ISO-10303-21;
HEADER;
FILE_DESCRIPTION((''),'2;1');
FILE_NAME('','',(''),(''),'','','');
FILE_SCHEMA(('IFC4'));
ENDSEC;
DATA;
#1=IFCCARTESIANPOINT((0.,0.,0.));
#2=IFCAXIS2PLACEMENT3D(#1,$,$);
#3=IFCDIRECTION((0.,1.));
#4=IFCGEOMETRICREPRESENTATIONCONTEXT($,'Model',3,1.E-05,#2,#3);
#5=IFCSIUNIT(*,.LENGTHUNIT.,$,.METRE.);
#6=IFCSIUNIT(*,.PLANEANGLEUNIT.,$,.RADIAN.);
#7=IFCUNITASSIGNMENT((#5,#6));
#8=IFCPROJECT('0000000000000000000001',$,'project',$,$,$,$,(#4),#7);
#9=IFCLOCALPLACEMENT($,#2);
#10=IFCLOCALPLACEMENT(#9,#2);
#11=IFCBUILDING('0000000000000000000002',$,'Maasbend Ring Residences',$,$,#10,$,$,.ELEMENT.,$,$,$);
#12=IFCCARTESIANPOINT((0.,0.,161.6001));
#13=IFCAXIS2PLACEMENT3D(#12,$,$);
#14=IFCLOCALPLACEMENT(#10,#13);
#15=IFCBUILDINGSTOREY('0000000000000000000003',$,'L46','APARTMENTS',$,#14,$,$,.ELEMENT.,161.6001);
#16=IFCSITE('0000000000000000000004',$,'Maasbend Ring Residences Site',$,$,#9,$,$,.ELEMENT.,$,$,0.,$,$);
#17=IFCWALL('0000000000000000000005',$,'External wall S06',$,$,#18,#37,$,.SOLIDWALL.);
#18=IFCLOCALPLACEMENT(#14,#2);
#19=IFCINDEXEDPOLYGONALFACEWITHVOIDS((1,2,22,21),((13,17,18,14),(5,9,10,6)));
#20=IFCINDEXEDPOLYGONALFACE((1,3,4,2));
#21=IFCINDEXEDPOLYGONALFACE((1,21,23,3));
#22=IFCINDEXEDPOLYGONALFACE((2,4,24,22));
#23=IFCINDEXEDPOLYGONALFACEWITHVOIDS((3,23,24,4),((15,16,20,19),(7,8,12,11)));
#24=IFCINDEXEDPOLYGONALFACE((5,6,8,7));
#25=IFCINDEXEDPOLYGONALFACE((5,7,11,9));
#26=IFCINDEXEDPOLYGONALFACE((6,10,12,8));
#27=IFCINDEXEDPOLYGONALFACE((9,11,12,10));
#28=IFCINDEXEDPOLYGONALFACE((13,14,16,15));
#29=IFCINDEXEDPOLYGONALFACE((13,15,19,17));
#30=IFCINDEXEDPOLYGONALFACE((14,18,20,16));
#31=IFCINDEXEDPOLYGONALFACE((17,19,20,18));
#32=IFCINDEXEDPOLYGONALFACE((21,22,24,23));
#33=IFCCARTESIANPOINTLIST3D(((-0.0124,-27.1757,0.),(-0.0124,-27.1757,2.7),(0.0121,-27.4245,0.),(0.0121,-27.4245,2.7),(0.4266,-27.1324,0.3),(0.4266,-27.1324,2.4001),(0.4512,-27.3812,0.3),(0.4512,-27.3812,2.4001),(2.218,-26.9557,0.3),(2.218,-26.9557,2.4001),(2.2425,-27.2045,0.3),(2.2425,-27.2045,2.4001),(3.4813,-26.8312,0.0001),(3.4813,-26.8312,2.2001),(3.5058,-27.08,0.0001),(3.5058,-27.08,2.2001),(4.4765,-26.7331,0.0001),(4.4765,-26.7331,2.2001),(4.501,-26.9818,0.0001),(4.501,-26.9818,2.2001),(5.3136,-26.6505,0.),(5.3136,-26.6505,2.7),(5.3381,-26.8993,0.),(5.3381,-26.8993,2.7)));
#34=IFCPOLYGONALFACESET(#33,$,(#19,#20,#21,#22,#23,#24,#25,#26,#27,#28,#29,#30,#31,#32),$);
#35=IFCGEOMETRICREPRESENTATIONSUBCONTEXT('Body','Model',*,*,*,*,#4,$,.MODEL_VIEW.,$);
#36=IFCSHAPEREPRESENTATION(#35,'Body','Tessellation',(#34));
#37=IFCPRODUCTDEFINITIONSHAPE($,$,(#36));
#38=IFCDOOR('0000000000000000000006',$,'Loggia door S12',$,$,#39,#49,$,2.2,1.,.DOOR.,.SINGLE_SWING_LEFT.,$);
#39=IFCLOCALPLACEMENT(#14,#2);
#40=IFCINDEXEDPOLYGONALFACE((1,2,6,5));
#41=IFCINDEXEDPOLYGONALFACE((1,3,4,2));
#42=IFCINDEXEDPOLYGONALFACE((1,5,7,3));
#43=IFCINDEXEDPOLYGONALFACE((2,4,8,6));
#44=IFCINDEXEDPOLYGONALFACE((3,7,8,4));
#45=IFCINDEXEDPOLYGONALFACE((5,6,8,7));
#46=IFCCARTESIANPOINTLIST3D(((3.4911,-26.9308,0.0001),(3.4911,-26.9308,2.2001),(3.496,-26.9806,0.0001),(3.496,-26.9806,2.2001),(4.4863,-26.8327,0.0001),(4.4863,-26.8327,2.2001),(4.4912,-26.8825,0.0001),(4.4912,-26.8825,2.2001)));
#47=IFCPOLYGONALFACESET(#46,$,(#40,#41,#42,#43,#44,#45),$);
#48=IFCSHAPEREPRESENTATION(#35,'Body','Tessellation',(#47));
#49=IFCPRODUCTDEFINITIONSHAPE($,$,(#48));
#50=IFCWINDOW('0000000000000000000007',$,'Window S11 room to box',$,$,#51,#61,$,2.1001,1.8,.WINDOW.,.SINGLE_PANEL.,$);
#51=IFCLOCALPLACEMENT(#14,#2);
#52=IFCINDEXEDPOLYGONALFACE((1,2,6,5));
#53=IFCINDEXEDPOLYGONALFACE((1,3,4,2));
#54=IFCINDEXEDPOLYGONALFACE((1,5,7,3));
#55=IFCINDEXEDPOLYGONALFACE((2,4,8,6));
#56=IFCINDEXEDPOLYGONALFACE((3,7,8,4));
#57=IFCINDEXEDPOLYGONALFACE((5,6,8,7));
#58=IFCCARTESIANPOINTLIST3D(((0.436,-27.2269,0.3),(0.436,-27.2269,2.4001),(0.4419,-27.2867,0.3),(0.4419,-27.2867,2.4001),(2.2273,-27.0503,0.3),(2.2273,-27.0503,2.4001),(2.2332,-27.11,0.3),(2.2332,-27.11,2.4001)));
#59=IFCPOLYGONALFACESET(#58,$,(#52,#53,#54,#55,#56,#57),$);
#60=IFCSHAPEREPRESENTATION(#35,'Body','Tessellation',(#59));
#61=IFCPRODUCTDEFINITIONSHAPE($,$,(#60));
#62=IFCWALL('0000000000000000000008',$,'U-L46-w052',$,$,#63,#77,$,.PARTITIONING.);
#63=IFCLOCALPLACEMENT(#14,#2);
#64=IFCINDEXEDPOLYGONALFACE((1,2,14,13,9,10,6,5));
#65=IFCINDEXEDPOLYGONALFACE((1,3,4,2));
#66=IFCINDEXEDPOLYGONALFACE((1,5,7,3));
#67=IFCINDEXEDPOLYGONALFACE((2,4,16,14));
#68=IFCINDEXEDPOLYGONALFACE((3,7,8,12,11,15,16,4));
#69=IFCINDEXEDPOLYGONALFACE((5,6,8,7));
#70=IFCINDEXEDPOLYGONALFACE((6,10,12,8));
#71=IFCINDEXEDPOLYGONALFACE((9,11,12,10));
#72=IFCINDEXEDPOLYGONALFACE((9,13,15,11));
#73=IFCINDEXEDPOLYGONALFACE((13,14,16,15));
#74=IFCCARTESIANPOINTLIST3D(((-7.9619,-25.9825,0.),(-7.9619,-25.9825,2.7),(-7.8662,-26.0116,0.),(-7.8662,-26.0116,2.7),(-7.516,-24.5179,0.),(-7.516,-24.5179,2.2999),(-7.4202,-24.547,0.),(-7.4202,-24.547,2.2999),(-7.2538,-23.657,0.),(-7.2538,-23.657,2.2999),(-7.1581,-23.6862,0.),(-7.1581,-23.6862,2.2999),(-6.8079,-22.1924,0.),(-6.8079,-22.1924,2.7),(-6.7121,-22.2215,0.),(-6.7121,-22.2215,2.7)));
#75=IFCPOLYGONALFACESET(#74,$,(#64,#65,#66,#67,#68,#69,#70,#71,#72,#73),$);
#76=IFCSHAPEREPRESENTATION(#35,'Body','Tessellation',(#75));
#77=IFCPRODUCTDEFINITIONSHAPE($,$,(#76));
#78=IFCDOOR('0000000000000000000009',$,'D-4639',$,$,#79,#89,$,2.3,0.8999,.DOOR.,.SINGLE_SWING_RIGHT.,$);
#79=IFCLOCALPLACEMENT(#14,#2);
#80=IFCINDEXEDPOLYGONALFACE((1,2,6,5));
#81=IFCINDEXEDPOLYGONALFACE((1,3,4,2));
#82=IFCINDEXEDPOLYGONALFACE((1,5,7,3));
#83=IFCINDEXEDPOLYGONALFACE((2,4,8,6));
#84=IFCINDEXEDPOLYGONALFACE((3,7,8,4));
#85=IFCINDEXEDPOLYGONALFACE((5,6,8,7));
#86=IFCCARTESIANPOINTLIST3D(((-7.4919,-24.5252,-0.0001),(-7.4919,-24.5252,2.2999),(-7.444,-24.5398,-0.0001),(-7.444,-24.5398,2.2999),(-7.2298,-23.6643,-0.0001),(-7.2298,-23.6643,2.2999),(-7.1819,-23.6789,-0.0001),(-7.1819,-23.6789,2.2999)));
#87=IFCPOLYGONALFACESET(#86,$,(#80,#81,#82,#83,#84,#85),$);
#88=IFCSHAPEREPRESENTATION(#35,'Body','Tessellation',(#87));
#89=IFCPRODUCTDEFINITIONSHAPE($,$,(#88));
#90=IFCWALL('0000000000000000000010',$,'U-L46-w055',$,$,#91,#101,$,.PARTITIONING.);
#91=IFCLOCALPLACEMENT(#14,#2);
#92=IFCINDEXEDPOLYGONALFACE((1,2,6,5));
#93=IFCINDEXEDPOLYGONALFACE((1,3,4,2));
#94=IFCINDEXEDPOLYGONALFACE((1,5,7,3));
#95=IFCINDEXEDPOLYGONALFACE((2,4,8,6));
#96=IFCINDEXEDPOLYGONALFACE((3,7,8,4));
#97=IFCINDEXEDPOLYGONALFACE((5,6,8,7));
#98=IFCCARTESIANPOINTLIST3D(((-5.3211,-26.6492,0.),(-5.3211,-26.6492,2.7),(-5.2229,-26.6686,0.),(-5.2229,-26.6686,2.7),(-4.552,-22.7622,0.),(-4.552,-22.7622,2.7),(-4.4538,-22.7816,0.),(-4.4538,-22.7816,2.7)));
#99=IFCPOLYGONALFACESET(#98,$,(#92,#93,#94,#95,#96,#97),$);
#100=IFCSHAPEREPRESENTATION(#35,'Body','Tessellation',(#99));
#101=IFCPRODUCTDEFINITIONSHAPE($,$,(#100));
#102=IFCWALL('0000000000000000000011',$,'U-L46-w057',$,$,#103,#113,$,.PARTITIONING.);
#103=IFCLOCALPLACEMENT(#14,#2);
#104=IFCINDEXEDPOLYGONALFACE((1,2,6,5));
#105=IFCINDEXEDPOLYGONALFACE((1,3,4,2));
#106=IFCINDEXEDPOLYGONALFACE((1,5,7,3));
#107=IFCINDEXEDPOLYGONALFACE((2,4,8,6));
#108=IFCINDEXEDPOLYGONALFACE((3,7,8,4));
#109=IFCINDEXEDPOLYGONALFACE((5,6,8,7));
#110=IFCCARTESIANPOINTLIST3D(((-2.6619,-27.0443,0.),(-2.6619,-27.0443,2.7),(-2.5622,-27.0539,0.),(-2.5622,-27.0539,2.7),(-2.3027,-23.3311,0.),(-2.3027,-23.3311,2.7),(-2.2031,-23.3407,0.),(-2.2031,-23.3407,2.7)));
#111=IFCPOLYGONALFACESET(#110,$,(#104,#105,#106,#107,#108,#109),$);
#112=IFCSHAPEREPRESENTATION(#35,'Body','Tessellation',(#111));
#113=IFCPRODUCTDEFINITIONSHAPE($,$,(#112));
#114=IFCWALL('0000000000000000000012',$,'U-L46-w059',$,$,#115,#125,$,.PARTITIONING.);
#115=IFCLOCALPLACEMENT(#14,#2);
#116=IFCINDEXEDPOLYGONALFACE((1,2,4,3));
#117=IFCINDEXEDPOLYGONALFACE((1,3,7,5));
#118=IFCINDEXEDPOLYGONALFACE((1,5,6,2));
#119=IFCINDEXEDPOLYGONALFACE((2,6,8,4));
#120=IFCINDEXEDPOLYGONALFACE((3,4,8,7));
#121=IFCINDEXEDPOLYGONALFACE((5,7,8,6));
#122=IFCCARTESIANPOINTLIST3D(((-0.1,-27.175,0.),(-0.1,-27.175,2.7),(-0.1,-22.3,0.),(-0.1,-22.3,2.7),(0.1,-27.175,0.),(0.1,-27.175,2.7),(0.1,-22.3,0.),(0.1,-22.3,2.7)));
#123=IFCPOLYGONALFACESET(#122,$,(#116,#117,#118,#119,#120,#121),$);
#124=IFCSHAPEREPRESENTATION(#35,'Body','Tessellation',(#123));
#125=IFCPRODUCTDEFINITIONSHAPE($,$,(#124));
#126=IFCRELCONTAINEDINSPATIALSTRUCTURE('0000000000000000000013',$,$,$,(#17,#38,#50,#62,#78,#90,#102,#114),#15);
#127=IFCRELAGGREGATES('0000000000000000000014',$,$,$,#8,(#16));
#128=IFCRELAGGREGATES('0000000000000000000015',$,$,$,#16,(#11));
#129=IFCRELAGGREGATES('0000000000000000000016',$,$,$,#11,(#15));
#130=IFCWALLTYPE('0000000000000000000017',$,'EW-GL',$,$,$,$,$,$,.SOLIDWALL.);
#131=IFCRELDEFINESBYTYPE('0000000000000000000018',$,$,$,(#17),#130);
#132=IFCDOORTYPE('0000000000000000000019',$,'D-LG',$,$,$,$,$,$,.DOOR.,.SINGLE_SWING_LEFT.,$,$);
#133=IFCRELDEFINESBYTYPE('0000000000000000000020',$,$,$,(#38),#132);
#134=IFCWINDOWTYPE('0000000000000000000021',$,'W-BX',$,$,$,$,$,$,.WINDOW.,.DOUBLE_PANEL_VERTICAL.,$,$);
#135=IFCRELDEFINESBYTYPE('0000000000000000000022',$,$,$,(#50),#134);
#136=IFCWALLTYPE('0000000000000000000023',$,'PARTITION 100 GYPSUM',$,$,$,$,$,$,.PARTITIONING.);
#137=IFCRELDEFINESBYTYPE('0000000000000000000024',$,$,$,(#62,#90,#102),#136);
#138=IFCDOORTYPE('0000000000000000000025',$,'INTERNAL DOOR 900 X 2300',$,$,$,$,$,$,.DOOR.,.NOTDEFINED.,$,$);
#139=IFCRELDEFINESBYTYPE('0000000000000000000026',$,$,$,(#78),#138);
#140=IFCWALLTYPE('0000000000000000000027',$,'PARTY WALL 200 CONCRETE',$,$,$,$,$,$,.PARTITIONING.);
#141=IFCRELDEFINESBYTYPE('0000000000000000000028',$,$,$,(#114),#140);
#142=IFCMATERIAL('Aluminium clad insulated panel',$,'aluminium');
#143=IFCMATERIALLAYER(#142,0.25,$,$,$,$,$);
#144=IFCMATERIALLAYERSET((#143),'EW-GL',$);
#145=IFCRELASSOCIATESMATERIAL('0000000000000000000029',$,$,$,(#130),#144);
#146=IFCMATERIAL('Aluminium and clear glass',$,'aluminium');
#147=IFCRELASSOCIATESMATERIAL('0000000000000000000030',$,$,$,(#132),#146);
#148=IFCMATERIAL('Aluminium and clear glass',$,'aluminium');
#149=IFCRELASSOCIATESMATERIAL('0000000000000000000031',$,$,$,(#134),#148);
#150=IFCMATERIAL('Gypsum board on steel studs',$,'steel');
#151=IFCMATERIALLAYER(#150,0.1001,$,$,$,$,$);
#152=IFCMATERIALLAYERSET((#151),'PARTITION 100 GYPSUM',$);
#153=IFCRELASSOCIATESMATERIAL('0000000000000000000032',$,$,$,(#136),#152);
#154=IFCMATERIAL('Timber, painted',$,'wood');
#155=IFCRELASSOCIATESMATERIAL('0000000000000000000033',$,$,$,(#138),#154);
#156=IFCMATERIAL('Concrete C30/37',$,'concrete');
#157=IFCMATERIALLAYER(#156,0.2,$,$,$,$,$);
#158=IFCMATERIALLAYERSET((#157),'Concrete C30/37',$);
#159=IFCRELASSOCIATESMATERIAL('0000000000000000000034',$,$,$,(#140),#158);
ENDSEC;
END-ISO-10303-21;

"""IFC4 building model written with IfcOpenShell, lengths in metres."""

from ifc_helpers import new_model, si_unit, direction, frame, frame_2d, origin, place, context, subcontext, project, spatial, rectangle, extrude, material, layer, layer_set, type_object, element, fill, save


model = new_model("IFC4")

# Units and contexts
model_context = context("Model", 3, precision=1e-05, world=origin(), true_north=direction((0.0, 1.0)))
body_context = subcontext(model_context, "Body", "Model", "MODEL_VIEW")
ifc_project = project(units=[si_unit("LENGTHUNIT", "METRE"), si_unit("PLANEANGLEUNIT", "RADIAN")], contexts=[model_context])

# Site, building, storey
site_placement = place(None, origin())
site = spatial("IfcSite", under=ifc_project, at=site_placement, Name="Maasbend Ring Residences Site", CompositionType="ELEMENT", RefElevation=0.0)
building_placement = place(site_placement, origin())
building = spatial("IfcBuilding", under=site, at=building_placement, Name="Maasbend Ring Residences", CompositionType="ELEMENT")
storey_placement = place(building_placement, frame((0.0, 0.0, 161.6001)))
storey = spatial("IfcBuildingStorey", under=building, at=storey_placement, Name="L46", Description="APARTMENTS", CompositionType="ELEMENT", Elevation=161.6001)

# Wall, openings, door, window
ifc_material_1 = material(Name="Aluminium clad insulated panel", Category="aluminium")
ifc_layer_1 = layer(ifc_material_1, 0.25)
ifc_layer_set_1 = layer_set([ifc_layer_1], Name="EW-GL")
wall_type_1 = type_object("IfcWallType", Name="EW-GL", PredefinedType="SOLIDWALL", material=ifc_layer_set_1)
ifc_material_2 = material(Name="Aluminium and clear glass", Category="aluminium")
door_type_1 = type_object("IfcDoorType", Name="D-LG", OperationType="SINGLE_SWING_LEFT", PredefinedType="DOOR", material=ifc_material_2)
ifc_material_3 = material(Name="Aluminium and clear glass", Category="aluminium")
window_type_1 = type_object("IfcWindowType", Name="W-BX", PartitioningType="DOUBLE_PANEL_VERTICAL", PredefinedType="WINDOW", material=ifc_material_3)
wall_1_placement = place(storey_placement, frame((0.0, -27.3, 0.0), z_axis=(0.0, 0.0, 1.0), x_axis=(0.995174, 0.098126, 0.0)))
wall_1 = element("IfcWall", 1, at=wall_1_placement, inside=storey, type_object=wall_type_1, Name="External wall S06", PredefinedType="SOLIDWALL", context=body_context, shape_type="SweptSolid", body=[
    extrude(rectangle(XDim=5.3518, YDim=0.25, at=frame_2d((2.6758, 0.0))), origin(), (0.0, 0.0, 1.0), 2.7),
])
opening_1_placement = place(wall_1_placement, frame((0.4412, 0.0, 0.3)))
opening_1 = element("IfcOpeningElement", 2, at=opening_1_placement, cuts=wall_1, PredefinedType="OPENING", context=body_context, shape_type="SweptSolid", body=[
    extrude(rectangle(XDim=1.8, YDim=2.1001, at=frame_2d((0.8999, 1.05))), frame((0.0, 0.135, 0.0), z_axis=(0.0, -1.0, 0.0), x_axis=(1.0, 0.0, 0.0)), (0.0, 0.0, 1.0), 0.27),
])
opening_2_placement = place(wall_1_placement, frame((3.5105, 0.0, 0.0)))
opening_2 = element("IfcOpeningElement", 3, at=opening_2_placement, cuts=wall_1, PredefinedType="OPENING", context=body_context, shape_type="SweptSolid", body=[
    extrude(rectangle(XDim=1.0, YDim=2.2, at=frame_2d((0.5, 1.1001))), frame((0.0, 0.135, 0.0), z_axis=(0.0, -1.0, 0.0), x_axis=(1.0, 0.0, 0.0)), (0.0, 0.0, 1.0), 0.27),
])
door_1_placement = place(opening_2_placement, origin())
door_1 = element("IfcDoor", 4, at=door_1_placement, inside=storey, type_object=door_type_1, Name="Loggia door S12", OperationType="SINGLE_SWING_LEFT", OverallHeight=2.2, OverallWidth=1.0, PredefinedType="DOOR", context=body_context, shape_type="SweptSolid", body=[
    extrude(rectangle(XDim=1.0, YDim=2.2, at=frame_2d((0.5, 1.1001))), frame((0.0, 0.0249, 0.0), z_axis=(0.0, -1.0, 0.0), x_axis=(1.0, 0.0, 0.0)), (0.0, 0.0, 1.0), 0.05),
])
fill(opening_2, door_1)
window_1_placement = place(opening_1_placement, origin())
window_1 = element("IfcWindow", 5, at=window_1_placement, inside=storey, type_object=window_type_1, Name="Window S11 room to box", OverallHeight=2.1001, OverallWidth=1.8, PartitioningType="SINGLE_PANEL", PredefinedType="WINDOW", context=body_context, shape_type="SweptSolid", body=[
    extrude(rectangle(XDim=1.8, YDim=2.1001, at=frame_2d((0.8999, 1.05))), frame((0.0, 0.03, 0.0), z_axis=(0.0, -1.0, 0.0), x_axis=(1.0, 0.0, 0.0)), (0.0, 0.0, 1.0), 0.0601),
])
fill(opening_1, window_1)

# Wall, opening, door
ifc_material_4 = material(Name="Gypsum board on steel studs", Category="steel")
ifc_layer_2 = layer(ifc_material_4, 0.1001)
ifc_layer_set_2 = layer_set([ifc_layer_2], Name="PARTITION 100 GYPSUM")
wall_type_2 = type_object("IfcWallType", Name="PARTITION 100 GYPSUM", PredefinedType="PARTITIONING", material=ifc_layer_set_2)
wall_2_placement = place(storey_placement, frame((-7.9141, -25.9971, 0.0), z_axis=(0.0, 0.0, 1.0), x_axis=(0.291292, 0.956634, 0.0)))
wall_2 = element("IfcWall", 6, at=wall_2_placement, inside=storey, type_object=wall_type_2, Name="U-L46-w052", PredefinedType="PARTITIONING", context=body_context, shape_type="SweptSolid", body=[
    extrude(rectangle(XDim=3.9619, YDim=0.1001, at=frame_2d((1.981, 0.0))), origin(), (0.0, 0.0, 1.0), 2.7),
])
opening_3_placement = place(wall_2_placement, frame((1.531, 0.0, 0.0)))
opening_3 = element("IfcOpeningElement", 7, at=opening_3_placement, cuts=wall_2, PredefinedType="OPENING", context=body_context, shape_type="SweptSolid", body=[
    extrude(rectangle(XDim=0.8999, YDim=2.3, at=frame_2d((0.45, 1.1499))), frame((0.0, 0.0601, 0.0), z_axis=(0.0, -1.0, 0.0), x_axis=(1.0, 0.0, 0.0)), (0.0, 0.0, 1.0), 0.1201),
])
ifc_material_5 = material(Name="Timber, painted", Category="wood")
door_type_2 = type_object("IfcDoorType", Name="INTERNAL DOOR 900 X 2300", OperationType="NOTDEFINED", PredefinedType="DOOR", material=ifc_material_5)
door_2_placement = place(opening_3_placement, origin())
door_2 = element("IfcDoor", 8, at=door_2_placement, inside=storey, type_object=door_type_2, Name="D-4639", OperationType="SINGLE_SWING_RIGHT", OverallHeight=2.3, OverallWidth=0.8999, PredefinedType="DOOR", context=body_context, shape_type="SweptSolid", body=[
    extrude(rectangle(XDim=0.8999, YDim=2.3, at=frame_2d((0.45, 1.1499))), frame((0.0, 0.0249, 0.0), z_axis=(0.0, -1.0, 0.0), x_axis=(1.0, 0.0, 0.0)), (0.0, 0.0, 1.0), 0.05),
])
fill(opening_3, door_2)

# Walls
wall_3_placement = place(storey_placement, frame((-5.272, -26.6589, 0.0), z_axis=(0.0, 0.0, 1.0), x_axis=(0.19409, 0.980984, 0.0)))
element("IfcWall", 9, at=wall_3_placement, inside=storey, type_object=wall_type_2, Name="U-L46-w055", PredefinedType="PARTITIONING", context=body_context, shape_type="SweptSolid", body=[
    extrude(rectangle(XDim=3.9624, YDim=0.1001, at=frame_2d((1.9812, 0.0))), origin(), (0.0, 0.0, 1.0), 2.7),
])
wall_4_placement = place(storey_placement, frame((-2.6121, -27.0491, 0.0), z_axis=(0.0, 0.0, 1.0), x_axis=(0.09627, 0.995355, 0.0)))
element("IfcWall", 10, at=wall_4_placement, inside=storey, type_object=wall_type_2, Name="U-L46-w057", PredefinedType="PARTITIONING", context=body_context, shape_type="SweptSolid", body=[
    extrude(rectangle(XDim=3.7305, YDim=0.1001, at=frame_2d((1.8652, 0.0))), origin(), (0.0, 0.0, 1.0), 2.7),
])
ifc_material_6 = material(Name="Concrete C30/37", Category="concrete")
ifc_layer_3 = layer(ifc_material_6, 0.2)
ifc_layer_set_3 = layer_set([ifc_layer_3], Name="Concrete C30/37")
wall_type_3 = type_object("IfcWallType", Name="PARTY WALL 200 CONCRETE", PredefinedType="PARTITIONING", material=ifc_layer_set_3)
wall_5_placement = place(storey_placement, frame((0.0, -27.175, 0.0), z_axis=(0.0, 0.0, 1.0), x_axis=(0.0, 1.0, 0.0)))
element("IfcWall", 11, at=wall_5_placement, inside=storey, type_object=wall_type_3, Name="U-L46-w059", PredefinedType="PARTITIONING", context=body_context, shape_type="SweptSolid", body=[
    extrude(rectangle(XDim=4.875, YDim=0.2, at=frame_2d((2.4375, 0.0))), origin(), (0.0, 0.0, 1.0), 2.7),
])

save(model, "model.ifc")
